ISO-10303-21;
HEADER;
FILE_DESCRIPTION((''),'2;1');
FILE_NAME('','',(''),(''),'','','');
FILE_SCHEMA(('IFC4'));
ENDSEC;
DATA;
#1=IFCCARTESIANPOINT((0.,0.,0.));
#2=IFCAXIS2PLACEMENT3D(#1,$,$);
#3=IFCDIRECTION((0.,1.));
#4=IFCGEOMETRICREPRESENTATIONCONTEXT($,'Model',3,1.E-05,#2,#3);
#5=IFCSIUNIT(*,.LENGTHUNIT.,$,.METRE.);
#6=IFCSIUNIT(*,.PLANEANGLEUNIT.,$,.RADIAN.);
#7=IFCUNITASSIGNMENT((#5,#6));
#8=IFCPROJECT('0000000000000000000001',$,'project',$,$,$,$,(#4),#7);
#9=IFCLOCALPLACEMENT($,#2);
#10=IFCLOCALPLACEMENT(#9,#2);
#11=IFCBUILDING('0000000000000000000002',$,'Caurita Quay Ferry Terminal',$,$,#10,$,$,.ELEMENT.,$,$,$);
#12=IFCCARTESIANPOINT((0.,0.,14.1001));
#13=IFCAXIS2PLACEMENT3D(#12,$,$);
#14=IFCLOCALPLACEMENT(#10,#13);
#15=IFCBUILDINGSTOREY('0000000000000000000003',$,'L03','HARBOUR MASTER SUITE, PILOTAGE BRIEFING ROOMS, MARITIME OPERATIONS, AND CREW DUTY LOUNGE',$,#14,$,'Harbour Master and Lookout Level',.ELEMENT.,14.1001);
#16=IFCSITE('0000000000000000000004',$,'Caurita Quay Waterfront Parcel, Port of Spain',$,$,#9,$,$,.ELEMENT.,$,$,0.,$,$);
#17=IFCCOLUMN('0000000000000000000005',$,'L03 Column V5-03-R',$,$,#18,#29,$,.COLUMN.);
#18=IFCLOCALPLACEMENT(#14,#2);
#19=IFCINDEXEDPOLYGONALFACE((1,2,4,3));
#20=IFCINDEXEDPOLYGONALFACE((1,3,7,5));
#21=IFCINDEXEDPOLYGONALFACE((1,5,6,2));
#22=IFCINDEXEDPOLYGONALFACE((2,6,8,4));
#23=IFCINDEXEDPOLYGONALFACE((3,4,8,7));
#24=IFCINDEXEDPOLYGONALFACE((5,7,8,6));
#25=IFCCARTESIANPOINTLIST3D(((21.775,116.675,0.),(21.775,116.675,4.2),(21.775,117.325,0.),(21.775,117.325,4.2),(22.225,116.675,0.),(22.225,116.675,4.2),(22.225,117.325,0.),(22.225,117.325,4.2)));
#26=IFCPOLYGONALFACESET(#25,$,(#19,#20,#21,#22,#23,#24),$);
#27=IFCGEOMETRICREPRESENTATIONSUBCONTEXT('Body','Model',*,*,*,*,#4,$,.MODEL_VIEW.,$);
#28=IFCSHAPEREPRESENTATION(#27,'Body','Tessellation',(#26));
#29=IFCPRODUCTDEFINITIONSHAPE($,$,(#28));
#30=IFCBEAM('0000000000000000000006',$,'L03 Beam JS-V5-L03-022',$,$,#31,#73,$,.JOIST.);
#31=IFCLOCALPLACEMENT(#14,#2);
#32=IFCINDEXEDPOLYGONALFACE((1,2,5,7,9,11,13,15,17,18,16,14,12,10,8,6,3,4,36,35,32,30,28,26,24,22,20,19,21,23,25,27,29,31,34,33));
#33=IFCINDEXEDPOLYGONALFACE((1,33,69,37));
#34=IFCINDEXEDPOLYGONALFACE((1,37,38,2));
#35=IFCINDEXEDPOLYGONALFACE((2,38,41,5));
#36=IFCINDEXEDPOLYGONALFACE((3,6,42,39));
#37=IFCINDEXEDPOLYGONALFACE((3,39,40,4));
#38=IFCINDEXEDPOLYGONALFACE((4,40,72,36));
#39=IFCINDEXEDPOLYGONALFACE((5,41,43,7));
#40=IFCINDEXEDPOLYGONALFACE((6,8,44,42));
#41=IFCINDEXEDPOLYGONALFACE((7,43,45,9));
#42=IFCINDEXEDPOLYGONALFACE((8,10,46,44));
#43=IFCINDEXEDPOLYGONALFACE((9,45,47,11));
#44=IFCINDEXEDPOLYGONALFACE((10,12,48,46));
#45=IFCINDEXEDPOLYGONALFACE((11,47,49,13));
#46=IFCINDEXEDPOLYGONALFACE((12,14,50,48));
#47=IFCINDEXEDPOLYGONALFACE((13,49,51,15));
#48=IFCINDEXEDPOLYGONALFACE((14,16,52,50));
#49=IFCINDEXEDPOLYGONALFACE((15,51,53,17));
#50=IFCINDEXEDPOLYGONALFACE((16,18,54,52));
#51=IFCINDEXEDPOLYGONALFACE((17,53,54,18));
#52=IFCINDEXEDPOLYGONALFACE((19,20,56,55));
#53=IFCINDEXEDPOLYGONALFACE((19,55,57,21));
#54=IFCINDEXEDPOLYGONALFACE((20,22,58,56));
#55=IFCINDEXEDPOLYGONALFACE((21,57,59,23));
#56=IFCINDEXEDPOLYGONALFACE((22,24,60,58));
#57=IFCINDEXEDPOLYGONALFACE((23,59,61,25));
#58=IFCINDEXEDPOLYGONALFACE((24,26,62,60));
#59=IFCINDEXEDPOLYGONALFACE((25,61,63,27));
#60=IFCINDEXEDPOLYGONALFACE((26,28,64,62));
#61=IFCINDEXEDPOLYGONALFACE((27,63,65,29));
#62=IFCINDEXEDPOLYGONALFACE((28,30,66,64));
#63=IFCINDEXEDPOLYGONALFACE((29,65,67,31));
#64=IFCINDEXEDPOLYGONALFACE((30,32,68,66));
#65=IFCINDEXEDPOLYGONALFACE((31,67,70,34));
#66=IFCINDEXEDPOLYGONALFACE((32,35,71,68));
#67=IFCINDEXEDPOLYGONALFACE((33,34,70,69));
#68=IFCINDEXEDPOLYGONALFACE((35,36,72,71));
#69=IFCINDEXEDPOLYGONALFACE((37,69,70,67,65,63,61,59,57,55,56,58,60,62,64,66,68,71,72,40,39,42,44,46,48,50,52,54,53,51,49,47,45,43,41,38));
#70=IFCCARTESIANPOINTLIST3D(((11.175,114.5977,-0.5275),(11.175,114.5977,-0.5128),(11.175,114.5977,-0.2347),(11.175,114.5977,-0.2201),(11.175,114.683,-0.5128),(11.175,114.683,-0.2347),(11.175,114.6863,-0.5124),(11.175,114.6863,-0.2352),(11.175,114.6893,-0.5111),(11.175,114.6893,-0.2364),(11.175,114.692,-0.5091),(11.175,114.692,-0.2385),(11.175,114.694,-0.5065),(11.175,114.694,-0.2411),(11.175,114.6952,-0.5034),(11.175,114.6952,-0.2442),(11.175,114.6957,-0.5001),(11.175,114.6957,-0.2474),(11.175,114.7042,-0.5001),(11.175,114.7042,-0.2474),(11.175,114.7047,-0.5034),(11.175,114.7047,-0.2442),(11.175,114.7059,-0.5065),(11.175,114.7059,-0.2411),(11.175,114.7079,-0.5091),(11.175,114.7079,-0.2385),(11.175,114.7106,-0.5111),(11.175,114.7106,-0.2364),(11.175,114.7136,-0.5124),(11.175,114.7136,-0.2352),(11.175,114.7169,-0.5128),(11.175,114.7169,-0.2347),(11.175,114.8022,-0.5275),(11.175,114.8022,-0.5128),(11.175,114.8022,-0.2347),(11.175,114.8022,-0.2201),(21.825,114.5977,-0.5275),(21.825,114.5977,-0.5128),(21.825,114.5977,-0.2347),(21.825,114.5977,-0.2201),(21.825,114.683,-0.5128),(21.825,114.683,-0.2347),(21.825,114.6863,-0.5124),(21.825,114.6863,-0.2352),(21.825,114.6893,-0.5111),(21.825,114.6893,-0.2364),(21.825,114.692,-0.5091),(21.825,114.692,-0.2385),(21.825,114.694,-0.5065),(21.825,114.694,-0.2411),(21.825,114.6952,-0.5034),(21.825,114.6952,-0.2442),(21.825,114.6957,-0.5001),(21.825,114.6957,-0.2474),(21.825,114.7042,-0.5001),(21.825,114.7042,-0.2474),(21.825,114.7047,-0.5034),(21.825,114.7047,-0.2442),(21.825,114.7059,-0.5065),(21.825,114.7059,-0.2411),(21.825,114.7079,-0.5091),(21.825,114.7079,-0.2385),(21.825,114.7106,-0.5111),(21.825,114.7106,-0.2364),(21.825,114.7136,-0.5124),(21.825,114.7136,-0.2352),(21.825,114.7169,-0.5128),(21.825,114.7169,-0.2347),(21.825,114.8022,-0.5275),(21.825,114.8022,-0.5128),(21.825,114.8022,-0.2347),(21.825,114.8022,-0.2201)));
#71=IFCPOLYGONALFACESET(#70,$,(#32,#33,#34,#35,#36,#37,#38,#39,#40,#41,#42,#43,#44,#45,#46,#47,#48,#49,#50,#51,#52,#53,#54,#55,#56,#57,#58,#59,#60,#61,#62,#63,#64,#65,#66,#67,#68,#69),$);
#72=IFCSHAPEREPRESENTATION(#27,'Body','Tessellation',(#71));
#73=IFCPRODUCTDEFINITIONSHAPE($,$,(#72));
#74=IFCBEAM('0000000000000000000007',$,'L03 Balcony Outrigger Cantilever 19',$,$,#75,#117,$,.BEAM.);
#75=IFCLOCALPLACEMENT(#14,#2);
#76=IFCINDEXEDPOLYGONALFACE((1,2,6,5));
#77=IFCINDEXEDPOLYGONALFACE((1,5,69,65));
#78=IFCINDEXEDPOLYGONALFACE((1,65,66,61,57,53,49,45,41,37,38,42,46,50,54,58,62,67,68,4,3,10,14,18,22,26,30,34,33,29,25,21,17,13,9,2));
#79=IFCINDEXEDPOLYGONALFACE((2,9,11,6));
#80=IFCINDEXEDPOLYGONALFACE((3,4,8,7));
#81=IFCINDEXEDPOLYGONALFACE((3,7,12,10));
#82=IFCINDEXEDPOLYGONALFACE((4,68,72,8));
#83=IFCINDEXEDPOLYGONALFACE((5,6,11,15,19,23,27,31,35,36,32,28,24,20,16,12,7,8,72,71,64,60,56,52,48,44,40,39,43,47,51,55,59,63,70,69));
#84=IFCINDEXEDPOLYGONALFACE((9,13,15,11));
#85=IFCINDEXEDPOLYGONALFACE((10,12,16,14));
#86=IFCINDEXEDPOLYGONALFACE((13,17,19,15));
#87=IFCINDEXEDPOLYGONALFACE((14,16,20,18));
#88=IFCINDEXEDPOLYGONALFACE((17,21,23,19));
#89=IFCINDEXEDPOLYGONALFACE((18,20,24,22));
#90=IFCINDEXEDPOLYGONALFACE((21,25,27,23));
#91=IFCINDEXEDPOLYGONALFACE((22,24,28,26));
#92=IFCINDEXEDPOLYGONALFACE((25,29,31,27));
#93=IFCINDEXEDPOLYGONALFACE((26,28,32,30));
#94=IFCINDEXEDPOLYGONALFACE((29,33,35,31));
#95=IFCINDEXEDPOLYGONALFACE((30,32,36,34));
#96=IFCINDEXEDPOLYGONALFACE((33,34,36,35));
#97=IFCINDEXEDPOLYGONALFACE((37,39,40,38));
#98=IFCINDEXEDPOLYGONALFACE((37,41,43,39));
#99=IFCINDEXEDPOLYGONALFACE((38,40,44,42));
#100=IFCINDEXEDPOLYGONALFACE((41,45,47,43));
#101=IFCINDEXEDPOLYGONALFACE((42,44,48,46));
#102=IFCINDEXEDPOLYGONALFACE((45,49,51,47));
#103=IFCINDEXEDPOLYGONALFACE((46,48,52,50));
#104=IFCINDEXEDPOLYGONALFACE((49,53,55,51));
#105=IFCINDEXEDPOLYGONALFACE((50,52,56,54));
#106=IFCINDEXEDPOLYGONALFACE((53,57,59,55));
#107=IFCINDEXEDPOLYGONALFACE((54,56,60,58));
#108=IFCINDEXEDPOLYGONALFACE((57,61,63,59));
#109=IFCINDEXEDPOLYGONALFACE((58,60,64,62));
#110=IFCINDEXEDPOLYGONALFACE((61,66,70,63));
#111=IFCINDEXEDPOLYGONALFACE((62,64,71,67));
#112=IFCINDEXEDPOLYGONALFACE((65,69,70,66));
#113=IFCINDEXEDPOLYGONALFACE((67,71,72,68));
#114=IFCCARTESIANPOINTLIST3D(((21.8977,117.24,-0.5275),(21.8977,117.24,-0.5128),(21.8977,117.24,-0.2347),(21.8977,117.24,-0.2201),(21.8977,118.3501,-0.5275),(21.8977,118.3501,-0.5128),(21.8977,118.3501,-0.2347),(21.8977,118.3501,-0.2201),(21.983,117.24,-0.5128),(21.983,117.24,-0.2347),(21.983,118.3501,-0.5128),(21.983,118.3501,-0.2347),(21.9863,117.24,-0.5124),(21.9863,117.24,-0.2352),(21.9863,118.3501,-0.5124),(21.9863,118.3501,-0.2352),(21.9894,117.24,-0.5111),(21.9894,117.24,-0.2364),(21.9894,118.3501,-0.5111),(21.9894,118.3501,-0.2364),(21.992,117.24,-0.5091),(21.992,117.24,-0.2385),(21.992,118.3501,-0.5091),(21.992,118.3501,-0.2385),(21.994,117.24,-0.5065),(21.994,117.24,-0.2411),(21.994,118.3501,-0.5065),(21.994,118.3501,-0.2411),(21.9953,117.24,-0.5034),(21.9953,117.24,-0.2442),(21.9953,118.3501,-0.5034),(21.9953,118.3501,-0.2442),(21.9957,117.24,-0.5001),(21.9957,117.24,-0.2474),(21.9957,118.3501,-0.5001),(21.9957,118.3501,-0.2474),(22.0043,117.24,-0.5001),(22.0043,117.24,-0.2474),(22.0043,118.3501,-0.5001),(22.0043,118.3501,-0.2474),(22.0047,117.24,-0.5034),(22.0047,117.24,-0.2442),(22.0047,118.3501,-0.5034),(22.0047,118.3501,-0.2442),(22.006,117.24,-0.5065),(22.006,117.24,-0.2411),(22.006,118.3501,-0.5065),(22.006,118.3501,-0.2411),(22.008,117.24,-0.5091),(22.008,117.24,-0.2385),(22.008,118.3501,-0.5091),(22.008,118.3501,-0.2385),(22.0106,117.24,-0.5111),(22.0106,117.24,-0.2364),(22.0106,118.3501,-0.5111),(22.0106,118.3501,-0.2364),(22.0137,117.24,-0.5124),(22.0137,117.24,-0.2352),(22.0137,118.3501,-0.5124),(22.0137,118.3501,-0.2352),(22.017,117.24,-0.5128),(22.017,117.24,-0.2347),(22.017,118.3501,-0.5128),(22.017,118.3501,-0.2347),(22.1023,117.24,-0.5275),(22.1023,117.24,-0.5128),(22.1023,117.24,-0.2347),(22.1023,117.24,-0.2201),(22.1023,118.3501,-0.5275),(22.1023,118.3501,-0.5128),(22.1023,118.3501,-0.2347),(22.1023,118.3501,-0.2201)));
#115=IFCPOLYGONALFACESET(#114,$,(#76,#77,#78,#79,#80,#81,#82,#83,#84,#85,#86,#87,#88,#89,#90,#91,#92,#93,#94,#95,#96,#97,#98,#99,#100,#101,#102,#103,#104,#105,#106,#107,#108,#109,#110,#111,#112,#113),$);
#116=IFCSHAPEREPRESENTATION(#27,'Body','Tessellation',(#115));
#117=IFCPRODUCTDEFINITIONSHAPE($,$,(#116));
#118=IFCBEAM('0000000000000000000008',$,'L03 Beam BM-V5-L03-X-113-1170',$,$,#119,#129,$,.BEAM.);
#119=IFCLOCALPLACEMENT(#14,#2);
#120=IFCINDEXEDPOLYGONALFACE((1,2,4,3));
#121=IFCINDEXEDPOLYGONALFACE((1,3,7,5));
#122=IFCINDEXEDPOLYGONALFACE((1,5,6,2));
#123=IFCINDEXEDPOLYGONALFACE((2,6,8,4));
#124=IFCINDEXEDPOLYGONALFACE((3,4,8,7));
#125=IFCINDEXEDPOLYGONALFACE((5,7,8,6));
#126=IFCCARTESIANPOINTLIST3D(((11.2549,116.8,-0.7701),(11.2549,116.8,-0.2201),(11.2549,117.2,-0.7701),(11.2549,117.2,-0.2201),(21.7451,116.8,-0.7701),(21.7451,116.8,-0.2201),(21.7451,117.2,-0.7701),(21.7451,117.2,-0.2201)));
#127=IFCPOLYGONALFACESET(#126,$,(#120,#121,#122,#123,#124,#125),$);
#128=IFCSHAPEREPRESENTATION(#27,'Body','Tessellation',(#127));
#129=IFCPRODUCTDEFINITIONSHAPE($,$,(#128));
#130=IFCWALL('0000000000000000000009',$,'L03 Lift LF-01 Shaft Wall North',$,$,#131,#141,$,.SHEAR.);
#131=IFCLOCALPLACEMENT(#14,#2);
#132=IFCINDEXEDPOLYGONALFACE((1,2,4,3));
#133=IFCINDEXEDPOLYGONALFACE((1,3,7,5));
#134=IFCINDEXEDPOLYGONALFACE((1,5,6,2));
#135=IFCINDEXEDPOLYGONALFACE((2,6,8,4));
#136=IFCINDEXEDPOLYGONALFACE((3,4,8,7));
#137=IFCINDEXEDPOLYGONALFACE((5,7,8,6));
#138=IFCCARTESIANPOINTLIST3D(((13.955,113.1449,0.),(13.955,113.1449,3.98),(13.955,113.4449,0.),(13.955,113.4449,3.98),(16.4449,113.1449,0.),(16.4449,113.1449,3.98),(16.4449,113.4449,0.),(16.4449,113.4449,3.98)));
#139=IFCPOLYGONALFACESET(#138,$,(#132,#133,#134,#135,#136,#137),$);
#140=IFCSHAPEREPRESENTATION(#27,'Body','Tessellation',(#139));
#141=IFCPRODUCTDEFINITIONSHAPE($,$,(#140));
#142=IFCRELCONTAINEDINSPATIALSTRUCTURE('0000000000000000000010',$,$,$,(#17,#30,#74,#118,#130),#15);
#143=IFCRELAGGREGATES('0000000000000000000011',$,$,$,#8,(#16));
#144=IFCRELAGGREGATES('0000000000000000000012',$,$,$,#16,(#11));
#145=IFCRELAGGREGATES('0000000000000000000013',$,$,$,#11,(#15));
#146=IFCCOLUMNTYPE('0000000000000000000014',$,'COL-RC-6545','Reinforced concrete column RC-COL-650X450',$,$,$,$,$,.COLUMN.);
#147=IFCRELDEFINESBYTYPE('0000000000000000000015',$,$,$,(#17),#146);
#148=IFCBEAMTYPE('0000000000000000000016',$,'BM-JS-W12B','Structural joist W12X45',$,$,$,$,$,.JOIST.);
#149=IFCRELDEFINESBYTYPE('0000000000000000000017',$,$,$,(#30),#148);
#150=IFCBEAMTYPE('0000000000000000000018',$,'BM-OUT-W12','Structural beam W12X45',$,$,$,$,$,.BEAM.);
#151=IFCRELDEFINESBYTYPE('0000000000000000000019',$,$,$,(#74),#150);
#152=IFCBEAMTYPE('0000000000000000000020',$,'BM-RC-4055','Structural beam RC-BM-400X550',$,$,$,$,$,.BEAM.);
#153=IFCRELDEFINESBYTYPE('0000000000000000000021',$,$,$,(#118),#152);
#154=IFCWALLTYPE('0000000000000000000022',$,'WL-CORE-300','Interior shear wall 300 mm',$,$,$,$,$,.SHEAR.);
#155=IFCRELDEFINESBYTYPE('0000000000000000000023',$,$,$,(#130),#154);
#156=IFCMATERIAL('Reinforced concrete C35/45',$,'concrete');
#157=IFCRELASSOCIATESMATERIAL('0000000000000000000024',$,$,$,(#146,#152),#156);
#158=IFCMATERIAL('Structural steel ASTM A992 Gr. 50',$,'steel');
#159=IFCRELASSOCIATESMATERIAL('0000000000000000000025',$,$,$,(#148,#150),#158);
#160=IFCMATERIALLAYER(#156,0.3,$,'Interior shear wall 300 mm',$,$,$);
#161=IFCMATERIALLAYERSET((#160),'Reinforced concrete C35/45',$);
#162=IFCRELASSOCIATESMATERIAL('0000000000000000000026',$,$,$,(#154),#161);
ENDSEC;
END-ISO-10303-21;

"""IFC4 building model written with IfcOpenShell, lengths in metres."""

from ifc_helpers import new_model, si_unit, direction, frame, frame_2d, origin, origin_2d, place, context, subcontext, project, spatial, rectangle, i_section, extrude, material, layer, layer_set, material_profile, profile_set, type_object, element, save


model = new_model("IFC4")

# Units and contexts
model_context = context("Model", 3, precision=1e-05, world=origin(), true_north=direction((0.0, 1.0)))
body_context = subcontext(model_context, "Body", "Model", "MODEL_VIEW")
ifc_project = project(units=[si_unit("LENGTHUNIT", "METRE"), si_unit("PLANEANGLEUNIT", "RADIAN")], contexts=[model_context])

# Site, building, storey
site_placement = place(None, origin())
site = spatial("IfcSite", under=ifc_project, at=site_placement, Name="Caurita Quay Waterfront Parcel, Port of Spain", CompositionType="ELEMENT", RefElevation=0.0)
building_placement = place(site_placement, origin())
building = spatial("IfcBuilding", under=site, at=building_placement, Name="Caurita Quay Ferry Terminal", CompositionType="ELEMENT")
storey_placement = place(building_placement, frame((0.0, 0.0, 14.1001)))
storey = spatial("IfcBuildingStorey", under=building, at=storey_placement, Name="L03", Description="HARBOUR MASTER SUITE, PILOTAGE BRIEFING ROOMS, MARITIME OPERATIONS, AND CREW DUTY LOUNGE", LongName="Harbour Master and Lookout Level", CompositionType="ELEMENT", Elevation=14.1001)

# Column
ifc_material_1 = material(Name="Reinforced concrete C35/45", Category="concrete")
ifc_material_profile_1 = material_profile(ifc_material_1, rectangle(XDim=0.45, YDim=0.6499, at=origin_2d()), Name="RC-COL-650X450")
ifc_profile_set_1 = profile_set([ifc_material_profile_1], Name="Reinforced concrete C35/45")
column_type = type_object("IfcColumnType", Name="COL-RC-6545", Description="Reinforced concrete column RC-COL-650X450", PredefinedType="COLUMN", material=ifc_profile_set_1)
column_placement = place(storey_placement, frame((22.0, 117.0, 0.0), z_axis=(0.0, 0.0, 1.0), x_axis=(1.0, 0.0, 0.0)))
element("IfcColumn", 1, at=column_placement, inside=storey, type_object=column_type, Name="L03 Column V5-03-R", PredefinedType="COLUMN", context=body_context, shape_type="SweptSolid", body=[
    extrude(rectangle(XDim=0.45, YDim=0.6499, at=origin_2d()), origin(), (0.0, 0.0, 1.0), 4.2),
])

# Beams
ifc_material_2 = material(Name="Structural steel ASTM A992 Gr. 50", Category="steel")
ifc_material_profile_2 = material_profile(ifc_material_2, i_section(OverallWidth=0.2046, OverallDepth=0.3074, WebThickness=0.0085, FlangeThickness=0.0146, FilletRadius=0.0127, at=origin_2d()), Name="W12X45")
ifc_profile_set_2 = profile_set([ifc_material_profile_2], Name="Structural steel ASTM A992 Gr. 50")
beam_type_1 = type_object("IfcBeamType", Name="BM-JS-W12B", Description="Structural joist W12X45", PredefinedType="JOIST", material=ifc_profile_set_2)
beam_1_placement = place(storey_placement, frame((11.175, 114.7, -0.3738), z_axis=(1.0, 0.0, 0.0), x_axis=(0.0, 1.0, 0.0)))
element("IfcBeam", 2, at=beam_1_placement, inside=storey, type_object=beam_type_1, Name="L03 Beam JS-V5-L03-022", PredefinedType="JOIST", context=body_context, shape_type="SweptSolid", body=[
    extrude(i_section(OverallWidth=0.2046, OverallDepth=0.3074, WebThickness=0.0085, FlangeThickness=0.0146, FilletRadius=0.0127, at=origin_2d()), origin(), (0.0, 0.0, 1.0), 10.6499),
])
ifc_material_profile_3 = material_profile(ifc_material_2, i_section(OverallWidth=0.2046, OverallDepth=0.3074, WebThickness=0.0085, FlangeThickness=0.0146, FilletRadius=0.0127, at=origin_2d()), Name="W12X45")
ifc_profile_set_3 = profile_set([ifc_material_profile_3], Name="Structural steel ASTM A992 Gr. 50")
beam_type_2 = type_object("IfcBeamType", Name="BM-OUT-W12", Description="Structural beam W12X45", PredefinedType="BEAM", material=ifc_profile_set_3)
beam_2_placement = place(storey_placement, frame((22.0, 117.24, -0.3738), z_axis=(0.0, 1.0, 0.0), x_axis=(-1.0, 0.0, 0.0)))
element("IfcBeam", 3, at=beam_2_placement, inside=storey, type_object=beam_type_2, Name="L03 Balcony Outrigger Cantilever 19", PredefinedType="BEAM", context=body_context, shape_type="SweptSolid", body=[
    extrude(i_section(OverallWidth=0.2046, OverallDepth=0.3074, WebThickness=0.0085, FlangeThickness=0.0146, FilletRadius=0.0127, at=origin_2d()), origin(), (0.0, 0.0, 1.0), 1.1101),
])
ifc_material_profile_4 = material_profile(ifc_material_1, rectangle(XDim=0.3999, YDim=0.55, at=origin_2d()), Name="RC-BM-400X550")
ifc_profile_set_4 = profile_set([ifc_material_profile_4], Name="Reinforced concrete C35/45")
beam_type_3 = type_object("IfcBeamType", Name="BM-RC-4055", Description="Structural beam RC-BM-400X550", PredefinedType="BEAM", material=ifc_profile_set_4)
beam_3_placement = place(storey_placement, frame((11.2549, 117.0, -0.4951), z_axis=(1.0, 0.0, 0.0), x_axis=(0.0, 1.0, 0.0)))
element("IfcBeam", 4, at=beam_3_placement, inside=storey, type_object=beam_type_3, Name="L03 Beam BM-V5-L03-X-113-1170", PredefinedType="BEAM", context=body_context, shape_type="SweptSolid", body=[
    extrude(rectangle(XDim=0.3999, YDim=0.55, at=origin_2d()), origin(), (0.0, 0.0, 1.0), 10.4902),
])

# Wall
ifc_layer_1 = layer(ifc_material_1, 0.3, Name="Interior shear wall 300 mm")
ifc_layer_set_1 = layer_set([ifc_layer_1], Name="Reinforced concrete C35/45")
wall_type_1 = type_object("IfcWallType", Name="WL-CORE-300", Description="Interior shear wall 300 mm", PredefinedType="SHEAR", material=ifc_layer_set_1)
wall_1_placement = place(storey_placement, frame((16.4451, 113.2949, 0.0), z_axis=(0.0, 0.0, 1.0), x_axis=(-1.0, 0.0, 0.0)))
element("IfcWall", 5, at=wall_1_placement, inside=storey, type_object=wall_type_1, Name="L03 Lift LF-01 Shaft Wall North", PredefinedType="SHEAR", context=body_context, shape_type="SweptSolid", body=[
    extrude(rectangle(XDim=2.49, YDim=0.3, at=frame_2d((1.2451, 0.0))), origin(), (0.0, 0.0, 1.0), 3.98),
])

save(model, "model.ifc")
